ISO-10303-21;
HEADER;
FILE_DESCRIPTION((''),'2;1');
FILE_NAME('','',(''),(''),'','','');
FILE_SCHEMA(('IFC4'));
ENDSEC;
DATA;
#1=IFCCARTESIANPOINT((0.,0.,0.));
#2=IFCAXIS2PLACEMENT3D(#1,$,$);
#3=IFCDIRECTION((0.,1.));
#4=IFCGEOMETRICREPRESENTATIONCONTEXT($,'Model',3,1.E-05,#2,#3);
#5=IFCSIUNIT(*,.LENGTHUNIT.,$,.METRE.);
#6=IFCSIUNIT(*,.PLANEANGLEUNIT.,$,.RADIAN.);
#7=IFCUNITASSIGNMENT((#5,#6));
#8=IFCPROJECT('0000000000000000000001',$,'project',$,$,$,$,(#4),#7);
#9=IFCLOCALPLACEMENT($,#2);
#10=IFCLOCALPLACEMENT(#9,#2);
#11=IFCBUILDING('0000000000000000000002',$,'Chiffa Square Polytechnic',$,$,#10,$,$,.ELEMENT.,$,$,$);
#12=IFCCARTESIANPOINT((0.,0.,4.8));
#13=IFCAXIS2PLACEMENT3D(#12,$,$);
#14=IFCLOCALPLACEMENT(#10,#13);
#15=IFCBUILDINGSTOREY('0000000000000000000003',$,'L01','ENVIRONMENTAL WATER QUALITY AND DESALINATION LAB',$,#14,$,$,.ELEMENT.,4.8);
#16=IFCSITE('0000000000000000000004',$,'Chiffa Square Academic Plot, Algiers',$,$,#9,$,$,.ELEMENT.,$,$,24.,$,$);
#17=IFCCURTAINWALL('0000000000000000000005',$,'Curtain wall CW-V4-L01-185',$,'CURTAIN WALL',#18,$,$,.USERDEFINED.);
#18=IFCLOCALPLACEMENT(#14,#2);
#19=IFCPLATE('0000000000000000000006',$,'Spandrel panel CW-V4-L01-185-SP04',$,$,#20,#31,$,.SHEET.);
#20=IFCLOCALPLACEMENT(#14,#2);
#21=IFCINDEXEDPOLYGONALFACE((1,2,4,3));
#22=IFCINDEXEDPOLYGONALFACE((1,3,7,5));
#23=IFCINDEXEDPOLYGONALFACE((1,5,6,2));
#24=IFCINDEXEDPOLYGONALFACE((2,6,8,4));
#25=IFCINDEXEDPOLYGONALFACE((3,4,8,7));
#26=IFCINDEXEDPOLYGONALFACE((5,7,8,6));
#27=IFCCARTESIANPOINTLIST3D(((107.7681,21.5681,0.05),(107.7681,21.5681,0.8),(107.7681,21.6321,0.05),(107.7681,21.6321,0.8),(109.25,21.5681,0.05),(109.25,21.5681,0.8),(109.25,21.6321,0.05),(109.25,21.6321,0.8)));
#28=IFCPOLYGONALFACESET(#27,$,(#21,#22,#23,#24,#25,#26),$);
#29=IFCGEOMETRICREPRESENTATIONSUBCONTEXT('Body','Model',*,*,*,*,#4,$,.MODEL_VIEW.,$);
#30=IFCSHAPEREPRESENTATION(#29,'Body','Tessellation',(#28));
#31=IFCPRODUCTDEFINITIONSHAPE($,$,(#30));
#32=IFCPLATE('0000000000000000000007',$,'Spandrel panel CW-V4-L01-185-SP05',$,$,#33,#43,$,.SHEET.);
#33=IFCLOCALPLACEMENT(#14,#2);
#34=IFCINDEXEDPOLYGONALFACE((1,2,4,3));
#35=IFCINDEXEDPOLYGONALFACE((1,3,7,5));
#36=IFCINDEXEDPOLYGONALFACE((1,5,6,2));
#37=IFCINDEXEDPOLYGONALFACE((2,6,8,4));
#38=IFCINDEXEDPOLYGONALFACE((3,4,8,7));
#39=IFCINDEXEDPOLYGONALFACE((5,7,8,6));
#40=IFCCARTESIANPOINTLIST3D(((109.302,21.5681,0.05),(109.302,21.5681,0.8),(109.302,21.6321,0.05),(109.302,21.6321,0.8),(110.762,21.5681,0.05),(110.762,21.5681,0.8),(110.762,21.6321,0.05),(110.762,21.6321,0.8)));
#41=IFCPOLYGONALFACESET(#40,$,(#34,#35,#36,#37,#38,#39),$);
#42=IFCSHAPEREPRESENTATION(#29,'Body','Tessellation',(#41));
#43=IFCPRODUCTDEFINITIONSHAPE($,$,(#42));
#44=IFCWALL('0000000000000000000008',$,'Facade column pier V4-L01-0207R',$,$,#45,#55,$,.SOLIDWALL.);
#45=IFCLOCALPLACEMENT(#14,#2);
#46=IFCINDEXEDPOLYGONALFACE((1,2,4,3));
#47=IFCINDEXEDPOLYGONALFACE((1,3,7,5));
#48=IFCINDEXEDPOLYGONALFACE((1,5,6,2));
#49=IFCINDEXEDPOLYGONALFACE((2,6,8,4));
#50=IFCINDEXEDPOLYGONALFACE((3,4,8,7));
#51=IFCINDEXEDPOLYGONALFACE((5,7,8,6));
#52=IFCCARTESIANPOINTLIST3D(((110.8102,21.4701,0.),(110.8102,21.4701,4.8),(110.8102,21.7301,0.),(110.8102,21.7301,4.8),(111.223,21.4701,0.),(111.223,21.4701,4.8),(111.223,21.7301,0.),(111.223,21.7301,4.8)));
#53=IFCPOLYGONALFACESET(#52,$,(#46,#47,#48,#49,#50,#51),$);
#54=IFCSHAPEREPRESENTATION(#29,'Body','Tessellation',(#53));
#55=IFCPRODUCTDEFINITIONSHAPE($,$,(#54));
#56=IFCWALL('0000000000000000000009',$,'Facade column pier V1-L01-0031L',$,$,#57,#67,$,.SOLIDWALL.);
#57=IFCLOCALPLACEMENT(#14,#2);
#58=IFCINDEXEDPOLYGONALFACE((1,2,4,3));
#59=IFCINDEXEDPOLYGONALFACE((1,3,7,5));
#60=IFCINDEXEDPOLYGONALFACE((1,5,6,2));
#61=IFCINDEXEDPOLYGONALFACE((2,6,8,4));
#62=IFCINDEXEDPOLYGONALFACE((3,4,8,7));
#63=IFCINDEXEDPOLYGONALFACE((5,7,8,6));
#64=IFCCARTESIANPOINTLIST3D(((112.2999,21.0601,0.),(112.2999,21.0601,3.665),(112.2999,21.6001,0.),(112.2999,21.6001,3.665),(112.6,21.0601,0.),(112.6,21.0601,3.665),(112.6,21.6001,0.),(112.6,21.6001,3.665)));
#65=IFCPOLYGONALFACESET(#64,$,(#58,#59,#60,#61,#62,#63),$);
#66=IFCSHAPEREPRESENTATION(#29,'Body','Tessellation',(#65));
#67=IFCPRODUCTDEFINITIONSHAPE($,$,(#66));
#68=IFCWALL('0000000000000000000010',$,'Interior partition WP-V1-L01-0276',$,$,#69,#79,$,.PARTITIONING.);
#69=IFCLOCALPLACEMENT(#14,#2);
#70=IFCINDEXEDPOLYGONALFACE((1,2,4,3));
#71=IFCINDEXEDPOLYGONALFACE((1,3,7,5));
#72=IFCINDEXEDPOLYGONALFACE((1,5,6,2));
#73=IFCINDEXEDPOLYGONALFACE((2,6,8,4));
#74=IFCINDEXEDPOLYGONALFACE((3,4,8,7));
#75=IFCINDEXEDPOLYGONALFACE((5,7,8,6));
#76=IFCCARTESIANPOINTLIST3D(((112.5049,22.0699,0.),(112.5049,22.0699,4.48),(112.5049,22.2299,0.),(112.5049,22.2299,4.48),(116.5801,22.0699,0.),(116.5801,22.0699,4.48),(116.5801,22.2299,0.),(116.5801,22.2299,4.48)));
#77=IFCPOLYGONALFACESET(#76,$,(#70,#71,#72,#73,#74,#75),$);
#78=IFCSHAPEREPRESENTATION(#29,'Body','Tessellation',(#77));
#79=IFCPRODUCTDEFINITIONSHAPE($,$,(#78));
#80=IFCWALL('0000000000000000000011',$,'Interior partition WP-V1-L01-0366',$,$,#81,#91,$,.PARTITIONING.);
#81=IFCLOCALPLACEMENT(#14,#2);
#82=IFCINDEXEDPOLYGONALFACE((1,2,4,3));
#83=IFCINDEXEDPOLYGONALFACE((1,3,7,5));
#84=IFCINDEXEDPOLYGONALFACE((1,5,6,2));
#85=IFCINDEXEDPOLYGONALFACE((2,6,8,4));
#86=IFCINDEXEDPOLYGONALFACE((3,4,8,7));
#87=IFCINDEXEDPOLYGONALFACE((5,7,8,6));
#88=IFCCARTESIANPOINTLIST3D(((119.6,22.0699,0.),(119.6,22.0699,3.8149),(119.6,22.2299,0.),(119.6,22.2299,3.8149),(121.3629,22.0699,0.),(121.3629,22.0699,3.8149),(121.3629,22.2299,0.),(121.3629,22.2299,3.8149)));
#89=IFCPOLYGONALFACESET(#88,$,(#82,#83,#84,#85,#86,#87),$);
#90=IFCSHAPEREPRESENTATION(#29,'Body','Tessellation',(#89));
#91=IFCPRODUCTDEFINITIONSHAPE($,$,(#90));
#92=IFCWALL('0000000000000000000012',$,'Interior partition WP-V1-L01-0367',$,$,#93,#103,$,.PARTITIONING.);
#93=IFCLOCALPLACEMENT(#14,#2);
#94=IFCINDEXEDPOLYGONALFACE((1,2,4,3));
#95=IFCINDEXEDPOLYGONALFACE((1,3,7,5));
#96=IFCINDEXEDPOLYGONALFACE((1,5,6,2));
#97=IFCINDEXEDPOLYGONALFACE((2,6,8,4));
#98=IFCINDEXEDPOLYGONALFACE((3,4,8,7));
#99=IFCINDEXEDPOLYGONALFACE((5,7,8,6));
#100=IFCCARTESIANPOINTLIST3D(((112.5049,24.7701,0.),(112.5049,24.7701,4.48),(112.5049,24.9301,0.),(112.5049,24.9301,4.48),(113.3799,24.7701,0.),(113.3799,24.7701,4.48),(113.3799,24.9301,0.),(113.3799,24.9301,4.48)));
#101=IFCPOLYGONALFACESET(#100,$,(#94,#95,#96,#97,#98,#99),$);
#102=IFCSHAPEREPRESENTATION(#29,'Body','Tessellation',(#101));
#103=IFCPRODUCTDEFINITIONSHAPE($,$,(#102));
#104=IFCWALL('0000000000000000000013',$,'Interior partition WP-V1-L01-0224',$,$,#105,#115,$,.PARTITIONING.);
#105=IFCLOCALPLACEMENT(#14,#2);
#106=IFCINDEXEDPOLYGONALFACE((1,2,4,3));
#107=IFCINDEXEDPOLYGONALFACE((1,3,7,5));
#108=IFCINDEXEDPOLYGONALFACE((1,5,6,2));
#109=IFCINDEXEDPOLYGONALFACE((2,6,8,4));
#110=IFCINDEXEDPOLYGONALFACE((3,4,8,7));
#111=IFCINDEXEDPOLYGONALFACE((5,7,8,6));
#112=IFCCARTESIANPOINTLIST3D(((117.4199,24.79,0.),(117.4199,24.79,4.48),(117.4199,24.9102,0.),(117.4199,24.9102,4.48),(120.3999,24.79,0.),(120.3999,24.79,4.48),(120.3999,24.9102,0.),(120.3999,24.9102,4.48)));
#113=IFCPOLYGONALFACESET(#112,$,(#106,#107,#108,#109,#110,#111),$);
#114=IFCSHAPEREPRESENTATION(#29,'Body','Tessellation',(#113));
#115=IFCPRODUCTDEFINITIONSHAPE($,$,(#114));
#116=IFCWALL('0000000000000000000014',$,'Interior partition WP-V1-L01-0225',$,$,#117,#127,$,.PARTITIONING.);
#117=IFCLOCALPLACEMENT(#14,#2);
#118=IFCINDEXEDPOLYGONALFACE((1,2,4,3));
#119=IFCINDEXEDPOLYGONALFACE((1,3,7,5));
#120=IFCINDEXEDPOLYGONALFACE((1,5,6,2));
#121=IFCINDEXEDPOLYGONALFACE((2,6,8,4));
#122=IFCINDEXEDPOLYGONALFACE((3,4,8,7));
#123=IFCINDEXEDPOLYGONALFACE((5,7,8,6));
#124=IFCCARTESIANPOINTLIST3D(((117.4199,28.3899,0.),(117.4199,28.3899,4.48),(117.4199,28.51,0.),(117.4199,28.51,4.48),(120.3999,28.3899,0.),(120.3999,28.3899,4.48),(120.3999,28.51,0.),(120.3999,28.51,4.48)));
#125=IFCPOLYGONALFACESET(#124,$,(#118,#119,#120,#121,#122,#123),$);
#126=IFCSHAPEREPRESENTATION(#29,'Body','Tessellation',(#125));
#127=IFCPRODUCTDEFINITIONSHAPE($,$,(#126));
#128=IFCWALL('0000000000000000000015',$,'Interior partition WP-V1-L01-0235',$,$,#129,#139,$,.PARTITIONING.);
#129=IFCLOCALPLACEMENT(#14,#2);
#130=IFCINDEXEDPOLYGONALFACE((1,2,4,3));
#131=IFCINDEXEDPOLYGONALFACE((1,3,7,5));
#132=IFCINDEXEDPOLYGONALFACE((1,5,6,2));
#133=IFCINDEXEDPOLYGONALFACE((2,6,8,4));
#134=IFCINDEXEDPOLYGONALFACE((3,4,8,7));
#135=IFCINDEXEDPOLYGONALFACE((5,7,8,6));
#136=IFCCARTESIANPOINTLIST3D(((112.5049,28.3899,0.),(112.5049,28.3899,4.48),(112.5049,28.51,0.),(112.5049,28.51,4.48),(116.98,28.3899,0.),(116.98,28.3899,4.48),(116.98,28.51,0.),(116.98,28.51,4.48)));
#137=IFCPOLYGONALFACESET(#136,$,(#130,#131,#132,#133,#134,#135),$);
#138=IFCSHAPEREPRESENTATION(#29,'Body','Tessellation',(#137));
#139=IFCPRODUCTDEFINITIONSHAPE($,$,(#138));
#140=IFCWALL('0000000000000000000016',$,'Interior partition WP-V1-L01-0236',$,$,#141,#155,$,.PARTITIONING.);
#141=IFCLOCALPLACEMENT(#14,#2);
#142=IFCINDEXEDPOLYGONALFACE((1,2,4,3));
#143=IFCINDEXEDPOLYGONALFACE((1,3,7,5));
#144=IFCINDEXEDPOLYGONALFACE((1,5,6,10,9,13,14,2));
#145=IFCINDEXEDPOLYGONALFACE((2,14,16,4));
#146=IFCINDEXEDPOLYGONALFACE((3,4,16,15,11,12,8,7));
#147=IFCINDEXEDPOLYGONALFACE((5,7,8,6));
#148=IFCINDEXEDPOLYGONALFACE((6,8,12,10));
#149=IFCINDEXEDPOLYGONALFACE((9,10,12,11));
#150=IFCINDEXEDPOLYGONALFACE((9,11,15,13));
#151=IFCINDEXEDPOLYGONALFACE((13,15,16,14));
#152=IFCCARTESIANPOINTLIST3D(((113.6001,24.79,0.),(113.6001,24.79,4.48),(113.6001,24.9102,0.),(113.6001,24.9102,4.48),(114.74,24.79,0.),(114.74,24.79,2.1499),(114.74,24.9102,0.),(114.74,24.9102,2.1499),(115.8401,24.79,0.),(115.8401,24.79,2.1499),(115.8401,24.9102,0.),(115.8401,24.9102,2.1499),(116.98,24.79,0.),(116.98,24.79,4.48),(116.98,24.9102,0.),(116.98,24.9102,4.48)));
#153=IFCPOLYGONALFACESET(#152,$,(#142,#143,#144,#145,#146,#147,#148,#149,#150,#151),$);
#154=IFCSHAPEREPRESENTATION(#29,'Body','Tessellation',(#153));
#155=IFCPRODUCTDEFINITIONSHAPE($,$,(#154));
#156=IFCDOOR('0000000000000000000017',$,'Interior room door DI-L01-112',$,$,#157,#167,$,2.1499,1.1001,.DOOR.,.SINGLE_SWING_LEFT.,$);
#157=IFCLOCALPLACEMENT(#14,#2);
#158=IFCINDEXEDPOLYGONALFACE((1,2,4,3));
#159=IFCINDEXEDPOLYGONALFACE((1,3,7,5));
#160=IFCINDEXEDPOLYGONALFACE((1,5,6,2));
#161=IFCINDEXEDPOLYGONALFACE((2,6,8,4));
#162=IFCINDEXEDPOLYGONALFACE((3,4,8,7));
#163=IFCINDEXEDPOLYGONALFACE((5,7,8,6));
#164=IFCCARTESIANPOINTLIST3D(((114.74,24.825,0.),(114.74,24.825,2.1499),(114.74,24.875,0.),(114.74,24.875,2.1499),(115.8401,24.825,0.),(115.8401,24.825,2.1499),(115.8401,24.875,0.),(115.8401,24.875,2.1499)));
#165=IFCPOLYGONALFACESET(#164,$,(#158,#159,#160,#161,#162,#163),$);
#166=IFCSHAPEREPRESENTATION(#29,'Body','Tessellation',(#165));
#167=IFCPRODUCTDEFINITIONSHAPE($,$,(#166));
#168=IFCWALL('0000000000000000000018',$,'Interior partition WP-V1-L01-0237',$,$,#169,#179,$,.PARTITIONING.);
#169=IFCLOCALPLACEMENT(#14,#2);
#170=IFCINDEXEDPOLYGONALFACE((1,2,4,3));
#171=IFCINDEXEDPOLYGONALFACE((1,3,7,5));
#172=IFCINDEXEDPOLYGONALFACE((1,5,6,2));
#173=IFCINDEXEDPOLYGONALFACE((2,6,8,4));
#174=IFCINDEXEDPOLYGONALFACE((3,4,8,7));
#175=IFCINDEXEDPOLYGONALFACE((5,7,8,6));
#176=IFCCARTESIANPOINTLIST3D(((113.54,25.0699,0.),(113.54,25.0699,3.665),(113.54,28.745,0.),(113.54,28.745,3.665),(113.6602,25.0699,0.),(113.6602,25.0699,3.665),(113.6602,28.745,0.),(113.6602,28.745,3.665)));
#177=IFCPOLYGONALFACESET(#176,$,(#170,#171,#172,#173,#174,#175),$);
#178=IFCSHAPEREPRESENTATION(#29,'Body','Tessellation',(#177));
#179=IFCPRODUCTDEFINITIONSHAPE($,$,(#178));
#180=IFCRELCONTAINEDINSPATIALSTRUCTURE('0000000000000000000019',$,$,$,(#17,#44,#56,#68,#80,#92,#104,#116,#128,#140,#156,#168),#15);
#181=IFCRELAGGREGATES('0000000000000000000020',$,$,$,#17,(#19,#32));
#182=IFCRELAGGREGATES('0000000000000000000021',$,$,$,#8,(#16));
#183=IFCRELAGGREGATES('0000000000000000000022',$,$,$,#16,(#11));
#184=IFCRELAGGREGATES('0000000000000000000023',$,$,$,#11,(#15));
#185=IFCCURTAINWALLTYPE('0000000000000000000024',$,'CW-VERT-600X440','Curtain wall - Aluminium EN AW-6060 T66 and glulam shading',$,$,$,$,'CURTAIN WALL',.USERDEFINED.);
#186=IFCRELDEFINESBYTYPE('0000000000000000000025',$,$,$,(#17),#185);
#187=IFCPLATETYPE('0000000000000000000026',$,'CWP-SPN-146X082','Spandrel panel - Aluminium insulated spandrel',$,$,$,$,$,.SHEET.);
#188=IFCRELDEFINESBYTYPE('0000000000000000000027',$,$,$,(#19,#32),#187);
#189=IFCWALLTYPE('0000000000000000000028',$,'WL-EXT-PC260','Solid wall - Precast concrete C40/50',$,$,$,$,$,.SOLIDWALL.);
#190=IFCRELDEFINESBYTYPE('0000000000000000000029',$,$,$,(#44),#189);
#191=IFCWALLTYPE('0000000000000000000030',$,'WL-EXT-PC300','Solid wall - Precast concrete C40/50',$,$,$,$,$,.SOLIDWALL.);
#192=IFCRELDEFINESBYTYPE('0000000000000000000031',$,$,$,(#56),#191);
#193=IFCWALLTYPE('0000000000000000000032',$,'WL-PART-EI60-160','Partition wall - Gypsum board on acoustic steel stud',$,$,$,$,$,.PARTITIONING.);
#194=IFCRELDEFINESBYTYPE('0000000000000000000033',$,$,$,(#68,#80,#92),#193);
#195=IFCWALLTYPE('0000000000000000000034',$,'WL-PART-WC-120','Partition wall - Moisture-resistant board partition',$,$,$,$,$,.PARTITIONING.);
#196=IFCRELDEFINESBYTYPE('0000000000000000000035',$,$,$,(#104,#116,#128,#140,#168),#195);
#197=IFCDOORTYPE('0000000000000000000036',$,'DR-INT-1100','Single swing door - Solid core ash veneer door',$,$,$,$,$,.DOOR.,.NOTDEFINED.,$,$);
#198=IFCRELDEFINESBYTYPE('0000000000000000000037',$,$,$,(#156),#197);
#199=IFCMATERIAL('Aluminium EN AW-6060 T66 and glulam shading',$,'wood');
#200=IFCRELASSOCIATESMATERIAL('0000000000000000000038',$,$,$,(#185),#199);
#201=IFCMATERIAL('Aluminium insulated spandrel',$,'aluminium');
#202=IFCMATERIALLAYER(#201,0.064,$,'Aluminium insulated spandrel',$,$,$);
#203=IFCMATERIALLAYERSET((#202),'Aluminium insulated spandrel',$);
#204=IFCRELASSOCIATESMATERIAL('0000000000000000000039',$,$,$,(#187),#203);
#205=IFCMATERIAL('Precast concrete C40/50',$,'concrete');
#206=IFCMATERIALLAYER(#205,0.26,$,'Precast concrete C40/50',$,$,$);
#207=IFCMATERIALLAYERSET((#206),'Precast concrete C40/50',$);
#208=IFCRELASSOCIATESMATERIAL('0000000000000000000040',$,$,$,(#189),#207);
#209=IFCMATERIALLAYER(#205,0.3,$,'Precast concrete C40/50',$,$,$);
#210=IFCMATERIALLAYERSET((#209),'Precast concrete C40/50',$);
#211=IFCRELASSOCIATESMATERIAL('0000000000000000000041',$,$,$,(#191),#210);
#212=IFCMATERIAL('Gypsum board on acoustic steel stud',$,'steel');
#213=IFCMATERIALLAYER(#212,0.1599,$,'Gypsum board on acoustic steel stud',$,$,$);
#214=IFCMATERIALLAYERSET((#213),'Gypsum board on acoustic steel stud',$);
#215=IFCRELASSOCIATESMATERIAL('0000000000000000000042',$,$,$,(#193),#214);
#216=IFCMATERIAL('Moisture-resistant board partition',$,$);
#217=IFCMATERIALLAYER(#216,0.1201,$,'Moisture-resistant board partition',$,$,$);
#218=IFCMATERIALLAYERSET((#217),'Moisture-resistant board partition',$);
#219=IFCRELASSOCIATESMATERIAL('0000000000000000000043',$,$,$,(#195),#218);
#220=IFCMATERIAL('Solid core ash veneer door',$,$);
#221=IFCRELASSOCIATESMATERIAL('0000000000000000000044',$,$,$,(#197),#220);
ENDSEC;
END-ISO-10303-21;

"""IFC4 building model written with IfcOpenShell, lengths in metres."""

from ifc_helpers import new_model, si_unit, direction, frame, frame_2d, origin, origin_2d, place, context, subcontext, project, spatial, rectangle, extrude, material, layer, layer_set, type_object, element, fill, aggregate, save


model = new_model("IFC4")

# Units and contexts
model_context = context("Model", 3, precision=1e-05, world=origin(), true_north=direction((0.0, 1.0)))
body_context = subcontext(model_context, "Body", "Model", "MODEL_VIEW")
ifc_project = project(units=[si_unit("LENGTHUNIT", "METRE"), si_unit("PLANEANGLEUNIT", "RADIAN")], contexts=[model_context])

# Site, building, storey
site_placement = place(None, origin())
site = spatial("IfcSite", under=ifc_project, at=site_placement, Name="Chiffa Square Academic Plot, Algiers", CompositionType="ELEMENT", RefElevation=24.0)
building_placement = place(site_placement, origin())
building = spatial("IfcBuilding", under=site, at=building_placement, Name="Chiffa Square Polytechnic", CompositionType="ELEMENT")
storey_placement = place(building_placement, frame((0.0, 0.0, 4.8)))
storey = spatial("IfcBuildingStorey", under=building, at=storey_placement, Name="L01", Description="ENVIRONMENTAL WATER QUALITY AND DESALINATION LAB", CompositionType="ELEMENT", Elevation=4.8)

# Curtain wall, plates
ifc_material_1 = material(Name="Aluminium EN AW-6060 T66 and glulam shading", Category="wood")
curtain_wall_type = type_object("IfcCurtainWallType", Name="CW-VERT-600X440", Description="Curtain wall - Aluminium EN AW-6060 T66 and glulam shading", ElementType="CURTAIN WALL", PredefinedType="USERDEFINED", material=ifc_material_1)
curtain_wall_placement = place(storey_placement, origin())
curtain_wall = element("IfcCurtainWall", 1, at=curtain_wall_placement, inside=storey, type_object=curtain_wall_type, Name="Curtain wall CW-V4-L01-185", ObjectType="CURTAIN WALL", PredefinedType="USERDEFINED")
ifc_material_2 = material(Name="Aluminium insulated spandrel", Category="aluminium")
ifc_layer_1 = layer(ifc_material_2, 0.064, Name="Aluminium insulated spandrel")
ifc_layer_set_1 = layer_set([ifc_layer_1], Name="Aluminium insulated spandrel")
plate_type_1 = type_object("IfcPlateType", Name="CWP-SPN-146X082", Description="Spandrel panel - Aluminium insulated spandrel", PredefinedType="SHEET", material=ifc_layer_set_1)
plate_1_placement = place(storey_placement, frame((108.509, 21.6001, 0.05), z_axis=(0.0, 0.0, 1.0), x_axis=(1.0, 0.0, 0.0)))
plate_1 = element("IfcPlate", 2, at=plate_1_placement, type_object=plate_type_1, Name="Spandrel panel CW-V4-L01-185-SP04", PredefinedType="SHEET", context=body_context, shape_type="SweptSolid", body=[
    extrude(rectangle(XDim=1.4819, YDim=0.064, at=origin_2d()), origin(), (0.0, 0.0, 1.0), 0.75),
])
plate_2_placement = place(storey_placement, frame((110.032, 21.6001, 0.05), z_axis=(0.0, 0.0, 1.0), x_axis=(1.0, 0.0, 0.0)))
plate_2 = element("IfcPlate", 3, at=plate_2_placement, type_object=plate_type_1, Name="Spandrel panel CW-V4-L01-185-SP05", PredefinedType="SHEET", context=body_context, shape_type="SweptSolid", body=[
    extrude(rectangle(XDim=1.46, YDim=0.064, at=origin_2d()), origin(), (0.0, 0.0, 1.0), 0.75),
])
aggregate(curtain_wall, [plate_1, plate_2])

# Walls
ifc_material_3 = material(Name="Precast concrete C40/50", Category="concrete")
ifc_layer_2 = layer(ifc_material_3, 0.26, Name="Precast concrete C40/50")
ifc_layer_set_2 = layer_set([ifc_layer_2], Name="Precast concrete C40/50")
wall_type_1 = type_object("IfcWallType", Name="WL-EXT-PC260", Description="Solid wall - Precast concrete C40/50", PredefinedType="SOLIDWALL", material=ifc_layer_set_2)
wall_1_placement = place(storey_placement, frame((110.8101, 21.6001, 0.0), z_axis=(0.0, 0.0, 1.0), x_axis=(1.0, 0.0, 0.0)))
element("IfcWall", 4, at=wall_1_placement, inside=storey, type_object=wall_type_1, Name="Facade column pier V4-L01-0207R", PredefinedType="SOLIDWALL", context=body_context, shape_type="SweptSolid", body=[
    extrude(rectangle(XDim=0.4128, YDim=0.26, at=frame_2d((0.2065, 0.0))), origin(), (0.0, 0.0, 1.0), 4.8),
])
ifc_layer_3 = layer(ifc_material_3, 0.3, Name="Precast concrete C40/50")
ifc_layer_set_3 = layer_set([ifc_layer_3], Name="Precast concrete C40/50")
wall_type_2 = type_object("IfcWallType", Name="WL-EXT-PC300", Description="Solid wall - Precast concrete C40/50", PredefinedType="SOLIDWALL", material=ifc_layer_set_3)
wall_2_placement = place(storey_placement, frame((112.45, 21.6001, 0.0), z_axis=(0.0, 0.0, 1.0), x_axis=(0.0, -1.0, 0.0)))
element("IfcWall", 5, at=wall_2_placement, inside=storey, type_object=wall_type_2, Name="Facade column pier V1-L01-0031L", PredefinedType="SOLIDWALL", context=body_context, shape_type="SweptSolid", body=[
    extrude(rectangle(XDim=0.54, YDim=0.3, at=frame_2d((0.27, 0.0))), origin(), (0.0, 0.0, 1.0), 3.665),
])
ifc_material_4 = material(Name="Gypsum board on acoustic steel stud", Category="steel")
ifc_layer_4 = layer(ifc_material_4, 0.1599, Name="Gypsum board on acoustic steel stud")
ifc_layer_set_4 = layer_set([ifc_layer_4], Name="Gypsum board on acoustic steel stud")
wall_type_3 = type_object("IfcWallType", Name="WL-PART-EI60-160", Description="Partition wall - Gypsum board on acoustic steel stud", PredefinedType="PARTITIONING", material=ifc_layer_set_4)
wall_3_placement = place(storey_placement, frame((112.5049, 22.1499, 0.0), z_axis=(0.0, 0.0, 1.0), x_axis=(1.0, 0.0, 0.0)))
element("IfcWall", 6, at=wall_3_placement, inside=storey, type_object=wall_type_3, Name="Interior partition WP-V1-L01-0276", PredefinedType="PARTITIONING", context=body_context, shape_type="SweptSolid", body=[
    extrude(rectangle(XDim=4.0752, YDim=0.1599, at=frame_2d((2.0376, 0.0))), origin(), (0.0, 0.0, 1.0), 4.48),
])
wall_4_placement = place(storey_placement, frame((119.6001, 22.1499, 0.0), z_axis=(0.0, 0.0, 1.0), x_axis=(1.0, 0.0, 0.0)))
element("IfcWall", 7, at=wall_4_placement, inside=storey, type_object=wall_type_3, Name="Interior partition WP-V1-L01-0366", PredefinedType="PARTITIONING", context=body_context, shape_type="SweptSolid", body=[
    extrude(rectangle(XDim=1.7629, YDim=0.1599, at=frame_2d((0.8813, 0.0))), origin(), (0.0, 0.0, 1.0), 3.8149),
])
wall_5_placement = place(storey_placement, frame((112.5049, 24.8501, 0.0), z_axis=(0.0, 0.0, 1.0), x_axis=(1.0, 0.0, 0.0)))
element("IfcWall", 8, at=wall_5_placement, inside=storey, type_object=wall_type_3, Name="Interior partition WP-V1-L01-0367", PredefinedType="PARTITIONING", context=body_context, shape_type="SweptSolid", body=[
    extrude(rectangle(XDim=0.875, YDim=0.1599, at=frame_2d((0.4375, 0.0))), origin(), (0.0, 0.0, 1.0), 4.48),
])

# Shared definitions
ifc_material_5 = material(Name="Moisture-resistant board partition")
ifc_layer_5 = layer(ifc_material_5, 0.1201, Name="Moisture-resistant board partition")
ifc_layer_set_5 = layer_set([ifc_layer_5], Name="Moisture-resistant board partition")
wall_type_4 = type_object("IfcWallType", Name="WL-PART-WC-120", Description="Partition wall - Moisture-resistant board partition", PredefinedType="PARTITIONING", material=ifc_layer_set_5)
ifc_material_6 = material(Name="Solid core ash veneer door")
door_type = type_object("IfcDoorType", Name="DR-INT-1100", Description="Single swing door - Solid core ash veneer door", OperationType="NOTDEFINED", PredefinedType="DOOR", material=ifc_material_6)

# Walls
for number, where, z_axis, x_axis, name in (
    (9, (117.4199, 24.8501, 0.0), (0.0, 0.0, 1.0), (1.0, 0.0, 0.0), "Interior partition WP-V1-L01-0224"),
    (10, (117.4199, 28.45, 0.0), (0.0, 0.0, 1.0), (1.0, 0.0, 0.0), "Interior partition WP-V1-L01-0225"),
):
    element("IfcWall", number, at=place(storey_placement, frame(where, z_axis=z_axis, x_axis=x_axis)), inside=storey, type_object=wall_type_4, Name=name, PredefinedType="PARTITIONING", context=body_context, shape_type="SweptSolid", body=[
        extrude(rectangle(XDim=2.98, YDim=0.1201, at=frame_2d((1.49, 0.0))), origin(), (0.0, 0.0, 1.0), 4.48),
    ])
wall_6_placement = place(storey_placement, frame((112.5049, 28.45, 0.0), z_axis=(0.0, 0.0, 1.0), x_axis=(1.0, 0.0, 0.0)))
element("IfcWall", 11, at=wall_6_placement, inside=storey, type_object=wall_type_4, Name="Interior partition WP-V1-L01-0235", PredefinedType="PARTITIONING", context=body_context, shape_type="SweptSolid", body=[
    extrude(rectangle(XDim=4.4751, YDim=0.1201, at=frame_2d((2.2375, 0.0))), origin(), (0.0, 0.0, 1.0), 4.48),
])

# Wall, opening, door
wall_7_placement = place(storey_placement, frame((113.6001, 24.8501, 0.0), z_axis=(0.0, 0.0, 1.0), x_axis=(1.0, 0.0, 0.0)))
wall_7 = element("IfcWall", 12, at=wall_7_placement, inside=storey, type_object=wall_type_4, Name="Interior partition WP-V1-L01-0236", PredefinedType="PARTITIONING", context=body_context, shape_type="SweptSolid", body=[
    extrude(rectangle(XDim=3.3799, YDim=0.1201, at=frame_2d((1.6899, 0.0))), origin(), (0.0, 0.0, 1.0), 4.48),
])
opening_1_placement = place(wall_7_placement, frame((1.1399, 0.0, 0.0)))
opening_1 = element("IfcOpeningElement", 13, at=opening_1_placement, cuts=wall_7, PredefinedType="OPENING", context=body_context, shape_type="SweptSolid", body=[
    extrude(rectangle(XDim=1.1001, YDim=2.1499, at=frame_2d((0.55, 1.075))), frame((0.0, 0.0701, 0.0), z_axis=(0.0, -1.0, 0.0), x_axis=(1.0, 0.0, 0.0)), (0.0, 0.0, 1.0), 0.1401),
])
door_1_placement = place(opening_1_placement, origin())
door_1 = element("IfcDoor", 14, at=door_1_placement, inside=storey, type_object=door_type, Name="Interior room door DI-L01-112", OperationType="SINGLE_SWING_LEFT", OverallHeight=2.1499, OverallWidth=1.1001, PredefinedType="DOOR", context=body_context, shape_type="SweptSolid", body=[
    extrude(rectangle(XDim=1.1001, YDim=2.1499, at=frame_2d((0.55, 1.075))), frame((0.0, 0.0249, 0.0), z_axis=(0.0, -1.0, 0.0), x_axis=(1.0, 0.0, 0.0)), (0.0, 0.0, 1.0), 0.05),
])
fill(opening_1, door_1)

# Wall
wall_8_placement = place(storey_placement, frame((113.6001, 25.0701, 0.0), z_axis=(0.0, 0.0, 1.0), x_axis=(0.0, 1.0, 0.0)))
element("IfcWall", 15, at=wall_8_placement, inside=storey, type_object=wall_type_4, Name="Interior partition WP-V1-L01-0237", PredefinedType="PARTITIONING", context=body_context, shape_type="SweptSolid", body=[
    extrude(rectangle(XDim=3.675, YDim=0.1201, at=frame_2d((1.8374, 0.0))), origin(), (0.0, 0.0, 1.0), 3.665),
])

save(model, "model.ifc")
